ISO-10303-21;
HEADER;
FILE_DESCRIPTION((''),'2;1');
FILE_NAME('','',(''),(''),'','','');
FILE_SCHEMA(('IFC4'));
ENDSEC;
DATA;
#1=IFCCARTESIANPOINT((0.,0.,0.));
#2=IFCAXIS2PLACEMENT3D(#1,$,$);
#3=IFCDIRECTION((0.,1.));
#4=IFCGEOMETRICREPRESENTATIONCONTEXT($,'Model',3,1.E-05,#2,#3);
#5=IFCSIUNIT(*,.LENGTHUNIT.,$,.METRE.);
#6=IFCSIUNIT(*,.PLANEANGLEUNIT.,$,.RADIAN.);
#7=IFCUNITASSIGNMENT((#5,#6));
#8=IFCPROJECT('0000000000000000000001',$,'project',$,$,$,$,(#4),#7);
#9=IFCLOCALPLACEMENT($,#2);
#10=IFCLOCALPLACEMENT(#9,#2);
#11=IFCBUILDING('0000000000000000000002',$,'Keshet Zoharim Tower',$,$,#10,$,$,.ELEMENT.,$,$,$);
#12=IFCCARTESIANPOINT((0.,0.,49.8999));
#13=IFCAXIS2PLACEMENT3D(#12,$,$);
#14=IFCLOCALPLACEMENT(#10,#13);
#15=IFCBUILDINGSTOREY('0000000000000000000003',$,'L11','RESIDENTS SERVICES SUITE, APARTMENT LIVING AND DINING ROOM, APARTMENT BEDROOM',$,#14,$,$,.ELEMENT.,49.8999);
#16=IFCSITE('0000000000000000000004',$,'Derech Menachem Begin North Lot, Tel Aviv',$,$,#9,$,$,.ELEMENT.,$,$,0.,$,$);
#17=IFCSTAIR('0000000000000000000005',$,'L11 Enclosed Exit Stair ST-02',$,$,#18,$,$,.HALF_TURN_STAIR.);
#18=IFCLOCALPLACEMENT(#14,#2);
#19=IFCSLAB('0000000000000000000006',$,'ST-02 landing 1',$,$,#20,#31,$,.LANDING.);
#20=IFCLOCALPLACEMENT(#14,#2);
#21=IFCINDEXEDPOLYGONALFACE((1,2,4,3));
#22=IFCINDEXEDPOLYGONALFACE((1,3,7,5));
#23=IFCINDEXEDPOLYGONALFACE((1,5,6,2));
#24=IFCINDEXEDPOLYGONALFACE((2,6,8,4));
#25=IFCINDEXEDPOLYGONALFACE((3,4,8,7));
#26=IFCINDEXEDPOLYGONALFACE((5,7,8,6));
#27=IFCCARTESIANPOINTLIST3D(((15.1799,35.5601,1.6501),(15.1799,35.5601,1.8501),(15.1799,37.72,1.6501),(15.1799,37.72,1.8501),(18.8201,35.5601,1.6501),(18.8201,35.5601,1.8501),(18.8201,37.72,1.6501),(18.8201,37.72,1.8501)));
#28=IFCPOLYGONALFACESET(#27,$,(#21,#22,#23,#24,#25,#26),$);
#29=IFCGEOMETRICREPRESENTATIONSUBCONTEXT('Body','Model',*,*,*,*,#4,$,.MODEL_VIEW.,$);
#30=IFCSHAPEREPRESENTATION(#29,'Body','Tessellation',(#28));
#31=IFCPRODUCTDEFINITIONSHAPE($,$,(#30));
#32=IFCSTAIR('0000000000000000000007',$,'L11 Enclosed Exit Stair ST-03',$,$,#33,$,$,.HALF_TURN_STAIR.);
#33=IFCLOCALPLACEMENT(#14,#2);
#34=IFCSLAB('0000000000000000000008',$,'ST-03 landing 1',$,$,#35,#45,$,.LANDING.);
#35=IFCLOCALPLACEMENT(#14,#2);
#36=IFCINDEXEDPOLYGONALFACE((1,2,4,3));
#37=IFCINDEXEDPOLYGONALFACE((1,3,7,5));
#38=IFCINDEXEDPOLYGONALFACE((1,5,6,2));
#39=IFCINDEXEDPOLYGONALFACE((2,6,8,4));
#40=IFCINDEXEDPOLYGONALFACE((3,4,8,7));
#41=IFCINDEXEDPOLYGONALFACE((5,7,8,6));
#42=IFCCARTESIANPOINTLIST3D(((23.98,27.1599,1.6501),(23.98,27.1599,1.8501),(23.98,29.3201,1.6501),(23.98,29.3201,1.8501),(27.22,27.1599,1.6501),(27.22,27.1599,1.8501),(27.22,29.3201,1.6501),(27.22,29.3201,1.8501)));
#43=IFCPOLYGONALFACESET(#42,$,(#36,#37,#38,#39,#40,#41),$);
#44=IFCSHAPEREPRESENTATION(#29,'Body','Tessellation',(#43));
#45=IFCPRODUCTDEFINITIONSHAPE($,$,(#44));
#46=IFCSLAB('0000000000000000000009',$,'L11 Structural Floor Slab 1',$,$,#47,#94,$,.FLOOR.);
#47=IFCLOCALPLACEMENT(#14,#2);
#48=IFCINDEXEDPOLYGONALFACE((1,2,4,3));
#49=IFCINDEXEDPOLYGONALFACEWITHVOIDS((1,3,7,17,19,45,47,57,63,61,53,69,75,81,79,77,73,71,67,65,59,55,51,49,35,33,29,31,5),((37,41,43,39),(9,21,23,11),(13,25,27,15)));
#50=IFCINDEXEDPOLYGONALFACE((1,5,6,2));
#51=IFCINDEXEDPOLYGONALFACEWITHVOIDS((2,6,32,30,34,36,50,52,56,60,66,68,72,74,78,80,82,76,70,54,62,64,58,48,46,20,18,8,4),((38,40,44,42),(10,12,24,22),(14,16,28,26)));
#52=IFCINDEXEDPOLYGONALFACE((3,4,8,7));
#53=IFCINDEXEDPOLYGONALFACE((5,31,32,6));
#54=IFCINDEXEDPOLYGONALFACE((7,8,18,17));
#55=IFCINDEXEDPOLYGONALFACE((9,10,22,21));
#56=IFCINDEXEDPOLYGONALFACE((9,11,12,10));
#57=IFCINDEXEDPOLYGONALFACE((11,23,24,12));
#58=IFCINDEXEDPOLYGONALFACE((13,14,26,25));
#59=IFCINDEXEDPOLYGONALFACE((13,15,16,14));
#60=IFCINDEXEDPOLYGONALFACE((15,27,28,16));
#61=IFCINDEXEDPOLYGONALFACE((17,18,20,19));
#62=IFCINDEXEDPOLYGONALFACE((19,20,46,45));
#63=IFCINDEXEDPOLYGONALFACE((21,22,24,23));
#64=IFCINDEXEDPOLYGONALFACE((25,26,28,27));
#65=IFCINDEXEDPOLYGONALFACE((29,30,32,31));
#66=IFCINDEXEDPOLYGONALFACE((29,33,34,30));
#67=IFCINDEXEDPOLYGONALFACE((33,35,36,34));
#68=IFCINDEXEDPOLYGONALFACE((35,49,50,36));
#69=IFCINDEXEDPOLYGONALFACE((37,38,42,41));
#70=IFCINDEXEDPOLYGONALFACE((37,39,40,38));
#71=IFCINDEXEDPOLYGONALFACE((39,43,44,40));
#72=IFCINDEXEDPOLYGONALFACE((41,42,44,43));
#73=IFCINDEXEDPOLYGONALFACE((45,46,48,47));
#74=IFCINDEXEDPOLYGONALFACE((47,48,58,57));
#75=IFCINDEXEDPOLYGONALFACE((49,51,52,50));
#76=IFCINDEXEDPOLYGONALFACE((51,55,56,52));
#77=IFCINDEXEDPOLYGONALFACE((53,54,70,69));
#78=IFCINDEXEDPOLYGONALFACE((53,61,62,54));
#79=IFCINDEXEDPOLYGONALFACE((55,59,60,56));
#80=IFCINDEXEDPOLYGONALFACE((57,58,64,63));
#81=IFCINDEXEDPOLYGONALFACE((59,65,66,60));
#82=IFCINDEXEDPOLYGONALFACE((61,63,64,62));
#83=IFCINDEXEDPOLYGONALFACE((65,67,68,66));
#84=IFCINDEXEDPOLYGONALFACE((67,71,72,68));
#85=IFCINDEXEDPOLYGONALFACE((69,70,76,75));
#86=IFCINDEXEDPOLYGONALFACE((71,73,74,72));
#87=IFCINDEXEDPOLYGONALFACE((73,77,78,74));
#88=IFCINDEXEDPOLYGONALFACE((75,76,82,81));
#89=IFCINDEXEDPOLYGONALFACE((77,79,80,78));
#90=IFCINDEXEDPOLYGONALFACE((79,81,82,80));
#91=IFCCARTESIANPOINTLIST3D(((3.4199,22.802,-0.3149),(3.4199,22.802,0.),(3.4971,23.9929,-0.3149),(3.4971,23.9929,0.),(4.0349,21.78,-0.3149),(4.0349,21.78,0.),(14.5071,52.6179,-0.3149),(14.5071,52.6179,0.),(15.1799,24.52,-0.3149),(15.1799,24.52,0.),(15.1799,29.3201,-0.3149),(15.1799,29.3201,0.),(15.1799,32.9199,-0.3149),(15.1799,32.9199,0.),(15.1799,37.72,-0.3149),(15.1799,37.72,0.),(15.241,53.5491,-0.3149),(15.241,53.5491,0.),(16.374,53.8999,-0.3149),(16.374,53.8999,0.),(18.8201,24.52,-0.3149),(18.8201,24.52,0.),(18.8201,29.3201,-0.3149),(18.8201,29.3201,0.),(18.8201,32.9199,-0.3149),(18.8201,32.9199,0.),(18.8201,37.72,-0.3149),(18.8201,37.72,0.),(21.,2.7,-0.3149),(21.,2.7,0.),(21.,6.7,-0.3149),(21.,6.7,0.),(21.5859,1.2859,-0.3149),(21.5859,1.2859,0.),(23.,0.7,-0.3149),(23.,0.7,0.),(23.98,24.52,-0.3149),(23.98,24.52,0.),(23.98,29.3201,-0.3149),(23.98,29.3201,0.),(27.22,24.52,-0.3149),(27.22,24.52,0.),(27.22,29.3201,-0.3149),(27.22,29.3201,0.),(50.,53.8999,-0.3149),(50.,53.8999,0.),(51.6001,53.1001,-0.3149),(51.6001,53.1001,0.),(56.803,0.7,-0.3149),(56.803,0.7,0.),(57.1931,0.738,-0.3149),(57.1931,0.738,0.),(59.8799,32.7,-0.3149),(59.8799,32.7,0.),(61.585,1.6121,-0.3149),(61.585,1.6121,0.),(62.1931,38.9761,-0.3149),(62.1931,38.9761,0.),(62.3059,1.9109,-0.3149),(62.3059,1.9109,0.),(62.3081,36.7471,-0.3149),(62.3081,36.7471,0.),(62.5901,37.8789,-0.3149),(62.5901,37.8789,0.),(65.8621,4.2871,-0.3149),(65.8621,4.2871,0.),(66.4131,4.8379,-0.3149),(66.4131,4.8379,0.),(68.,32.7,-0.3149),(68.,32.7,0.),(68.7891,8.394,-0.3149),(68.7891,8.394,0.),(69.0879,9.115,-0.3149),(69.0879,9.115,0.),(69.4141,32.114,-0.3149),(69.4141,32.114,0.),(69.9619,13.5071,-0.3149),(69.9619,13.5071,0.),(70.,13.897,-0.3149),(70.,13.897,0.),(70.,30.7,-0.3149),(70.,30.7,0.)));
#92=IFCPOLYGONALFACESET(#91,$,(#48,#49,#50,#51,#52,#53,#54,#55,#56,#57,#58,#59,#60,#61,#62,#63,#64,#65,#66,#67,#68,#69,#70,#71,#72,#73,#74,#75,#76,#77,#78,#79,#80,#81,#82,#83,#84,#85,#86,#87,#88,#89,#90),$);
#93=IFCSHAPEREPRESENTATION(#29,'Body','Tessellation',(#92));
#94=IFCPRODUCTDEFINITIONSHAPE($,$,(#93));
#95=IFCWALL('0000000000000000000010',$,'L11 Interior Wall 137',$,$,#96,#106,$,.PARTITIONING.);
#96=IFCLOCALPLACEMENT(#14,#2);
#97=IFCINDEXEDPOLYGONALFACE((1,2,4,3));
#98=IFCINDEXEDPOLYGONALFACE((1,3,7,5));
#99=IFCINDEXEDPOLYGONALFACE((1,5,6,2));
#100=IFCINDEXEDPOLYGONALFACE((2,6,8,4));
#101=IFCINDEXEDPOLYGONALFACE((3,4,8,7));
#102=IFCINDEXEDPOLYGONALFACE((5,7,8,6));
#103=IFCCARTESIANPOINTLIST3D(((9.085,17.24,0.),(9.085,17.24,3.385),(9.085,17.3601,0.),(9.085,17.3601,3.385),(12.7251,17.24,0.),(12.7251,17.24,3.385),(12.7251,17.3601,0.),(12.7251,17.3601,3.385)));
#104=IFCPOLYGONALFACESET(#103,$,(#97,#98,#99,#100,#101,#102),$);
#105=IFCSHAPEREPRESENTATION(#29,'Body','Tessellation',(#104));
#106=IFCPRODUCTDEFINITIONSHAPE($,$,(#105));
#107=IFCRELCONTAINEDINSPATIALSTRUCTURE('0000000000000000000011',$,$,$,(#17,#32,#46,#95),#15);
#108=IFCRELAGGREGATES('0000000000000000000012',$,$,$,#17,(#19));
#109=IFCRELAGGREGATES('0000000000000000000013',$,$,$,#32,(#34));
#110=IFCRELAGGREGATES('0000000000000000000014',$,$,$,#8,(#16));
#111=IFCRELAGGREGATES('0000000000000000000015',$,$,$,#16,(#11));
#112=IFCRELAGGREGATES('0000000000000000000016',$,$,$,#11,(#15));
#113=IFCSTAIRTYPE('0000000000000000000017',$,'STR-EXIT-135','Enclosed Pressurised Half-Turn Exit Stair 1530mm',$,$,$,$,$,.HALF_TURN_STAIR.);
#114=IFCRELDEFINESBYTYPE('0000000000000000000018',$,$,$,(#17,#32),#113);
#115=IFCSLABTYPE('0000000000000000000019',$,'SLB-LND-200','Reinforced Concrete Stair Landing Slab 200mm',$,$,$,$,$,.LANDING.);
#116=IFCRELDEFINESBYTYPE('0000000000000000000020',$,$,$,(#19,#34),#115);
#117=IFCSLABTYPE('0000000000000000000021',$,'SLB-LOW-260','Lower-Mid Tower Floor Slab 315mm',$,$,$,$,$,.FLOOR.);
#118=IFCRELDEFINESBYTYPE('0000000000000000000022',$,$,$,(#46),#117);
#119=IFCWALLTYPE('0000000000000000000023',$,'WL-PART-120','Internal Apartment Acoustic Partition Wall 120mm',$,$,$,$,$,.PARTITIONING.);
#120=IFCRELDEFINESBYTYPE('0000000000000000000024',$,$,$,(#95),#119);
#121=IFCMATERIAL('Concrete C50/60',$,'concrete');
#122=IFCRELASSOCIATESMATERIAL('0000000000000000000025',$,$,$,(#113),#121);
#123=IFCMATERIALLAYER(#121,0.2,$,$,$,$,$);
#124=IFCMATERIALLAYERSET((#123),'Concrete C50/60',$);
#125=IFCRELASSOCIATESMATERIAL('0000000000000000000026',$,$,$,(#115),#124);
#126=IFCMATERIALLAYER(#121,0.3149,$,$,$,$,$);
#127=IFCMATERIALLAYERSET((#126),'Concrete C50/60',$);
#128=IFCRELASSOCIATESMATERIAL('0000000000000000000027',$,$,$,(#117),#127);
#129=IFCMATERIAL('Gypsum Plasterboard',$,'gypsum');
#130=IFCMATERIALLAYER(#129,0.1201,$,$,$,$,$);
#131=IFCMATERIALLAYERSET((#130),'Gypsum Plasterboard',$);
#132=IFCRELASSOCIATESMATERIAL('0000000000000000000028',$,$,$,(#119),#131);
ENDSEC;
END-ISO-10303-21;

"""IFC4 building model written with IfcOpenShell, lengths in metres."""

from ifc_helpers import new_model, si_unit, direction, frame, frame_2d, origin, place, context, subcontext, project, spatial, polyline, rectangle, outline, extrude, material, layer, layer_set, type_object, element, aggregate, save


model = new_model("IFC4")

# Units and contexts
model_context = context("Model", 3, precision=1e-05, world=origin(), true_north=direction((0.0, 1.0)))
body_context = subcontext(model_context, "Body", "Model", "MODEL_VIEW")
ifc_project = project(units=[si_unit("LENGTHUNIT", "METRE"), si_unit("PLANEANGLEUNIT", "RADIAN")], contexts=[model_context])

# Site, building, storey
site_placement = place(None, origin())
site = spatial("IfcSite", under=ifc_project, at=site_placement, Name="Derech Menachem Begin North Lot, Tel Aviv", CompositionType="ELEMENT", RefElevation=0.0)
building_placement = place(site_placement, origin())
building = spatial("IfcBuilding", under=site, at=building_placement, Name="Keshet Zoharim Tower", CompositionType="ELEMENT")
storey_placement = place(building_placement, frame((0.0, 0.0, 49.8999)))
storey = spatial("IfcBuildingStorey", under=building, at=storey_placement, Name="L11", Description="RESIDENTS SERVICES SUITE, APARTMENT LIVING AND DINING ROOM, APARTMENT BEDROOM", CompositionType="ELEMENT", Elevation=49.8999)

# Stairs, slabs
ifc_material_1 = material(Name="Concrete C50/60", Category="concrete")
stair_type = type_object("IfcStairType", Name="STR-EXIT-135", Description="Enclosed Pressurised Half-Turn Exit Stair 1530mm", PredefinedType="HALF_TURN_STAIR", material=ifc_material_1)
ifc_layer_1 = layer(ifc_material_1, 0.2)
ifc_layer_set_1 = layer_set([ifc_layer_1], Name="Concrete C50/60")
slab_type_1 = type_object("IfcSlabType", Name="SLB-LND-200", Description="Reinforced Concrete Stair Landing Slab 200mm", PredefinedType="LANDING", material=ifc_layer_set_1)
stair_1_placement = place(storey_placement, origin())
stair_1 = element("IfcStair", 1, at=stair_1_placement, inside=storey, type_object=stair_type, Name="L11 Enclosed Exit Stair ST-02", PredefinedType="HALF_TURN_STAIR")
slab_1_placement = place(storey_placement, frame((0.0, 0.0, 1.6501)))
slab_1 = element("IfcSlab", 2, at=slab_1_placement, type_object=slab_type_1, Name="ST-02 landing 1", PredefinedType="LANDING", context=body_context, shape_type="SweptSolid", body=[
    extrude(outline(polyline([(15.1799, 35.5601), (18.8201, 35.5601), (18.8201, 37.72), (15.1799, 37.72), (15.1799, 35.5601)])), origin(), (0.0, 0.0, 1.0), 0.2),
])
aggregate(stair_1, [slab_1])
stair_2_placement = place(storey_placement, origin())
stair_2 = element("IfcStair", 3, at=stair_2_placement, inside=storey, type_object=stair_type, Name="L11 Enclosed Exit Stair ST-03", PredefinedType="HALF_TURN_STAIR")
slab_2_placement = place(storey_placement, frame((0.0, 0.0, 1.6501)))
slab_2 = element("IfcSlab", 4, at=slab_2_placement, type_object=slab_type_1, Name="ST-03 landing 1", PredefinedType="LANDING", context=body_context, shape_type="SweptSolid", body=[
    extrude(outline(polyline([(23.98, 27.1599), (27.22, 27.1599), (27.22, 29.3201), (23.98, 29.3201), (23.98, 27.1599)])), origin(), (0.0, 0.0, 1.0), 0.2),
])
aggregate(stair_2, [slab_2])

# Slab
ifc_layer_2 = layer(ifc_material_1, 0.3149)
ifc_layer_set_2 = layer_set([ifc_layer_2], Name="Concrete C50/60")
slab_type_2 = type_object("IfcSlabType", Name="SLB-LOW-260", Description="Lower-Mid Tower Floor Slab 315mm", PredefinedType="FLOOR", material=ifc_layer_set_2)
slab_3_placement = place(storey_placement, frame((0.0, 0.0, -0.3149)))
element("IfcSlab", 5, at=slab_3_placement, inside=storey, type_object=slab_type_2, Name="L11 Structural Floor Slab 1", PredefinedType="FLOOR", context=body_context, shape_type="SweptSolid", body=[
    extrude(outline(polyline([(21.0, 6.7), (4.0349, 21.78), (3.4199, 22.802), (3.4971, 23.9929), (14.5071, 52.6179), (15.241, 53.5491), (16.374, 53.8999), (50.0, 53.8999), (51.6001, 53.1001), (62.1931, 38.9761), (62.5901, 37.8789), (62.3081, 36.7471), (59.8799, 32.7), (68.0, 32.7), (69.4141, 32.114), (70.0, 30.7), (70.0, 13.897), (69.9619, 13.5071), (69.0879, 9.115), (68.7891, 8.394), (66.4131, 4.8379), (65.8621, 4.2871), (62.3059, 1.9109), (61.585, 1.6121), (57.1931, 0.738), (56.803, 0.7), (23.0, 0.7), (21.5859, 1.2859), (21.0, 2.7), (21.0, 6.7)]), holes=[polyline([(15.1799, 24.52), (18.8201, 24.52), (18.8201, 29.3201), (15.1799, 29.3201), (15.1799, 24.52)]), polyline([(15.1799, 32.9199), (18.8201, 32.9199), (18.8201, 37.72), (15.1799, 37.72), (15.1799, 32.9199)]), polyline([(23.98, 24.52), (27.22, 24.52), (27.22, 29.3201), (23.98, 29.3201), (23.98, 24.52)])]), origin(), (0.0, 0.0, 1.0), 0.3149),
])

# Shared definitions
ifc_material_2 = material(Name="Gypsum Plasterboard", Category="gypsum")

# Wall
ifc_layer_3 = layer(ifc_material_2, 0.1201)
ifc_layer_set_3 = layer_set([ifc_layer_3], Name="Gypsum Plasterboard")
wall_type_1 = type_object("IfcWallType", Name="WL-PART-120", Description="Internal Apartment Acoustic Partition Wall 120mm", PredefinedType="PARTITIONING", material=ifc_layer_set_3)
wall_1_placement = place(storey_placement, frame((9.085, 17.3, 0.0), z_axis=(0.0, 0.0, 1.0), x_axis=(1.0, 0.0, 0.0)))
element("IfcWall", 6, at=wall_1_placement, inside=storey, type_object=wall_type_1, Name="L11 Interior Wall 137", PredefinedType="PARTITIONING", context=body_context, shape_type="SweptSolid", body=[
    extrude(rectangle(XDim=3.6401, YDim=0.1201, at=frame_2d((1.8201, 0.0))), origin(), (0.0, 0.0, 1.0), 3.385),
])

save(model, "model.ifc")
